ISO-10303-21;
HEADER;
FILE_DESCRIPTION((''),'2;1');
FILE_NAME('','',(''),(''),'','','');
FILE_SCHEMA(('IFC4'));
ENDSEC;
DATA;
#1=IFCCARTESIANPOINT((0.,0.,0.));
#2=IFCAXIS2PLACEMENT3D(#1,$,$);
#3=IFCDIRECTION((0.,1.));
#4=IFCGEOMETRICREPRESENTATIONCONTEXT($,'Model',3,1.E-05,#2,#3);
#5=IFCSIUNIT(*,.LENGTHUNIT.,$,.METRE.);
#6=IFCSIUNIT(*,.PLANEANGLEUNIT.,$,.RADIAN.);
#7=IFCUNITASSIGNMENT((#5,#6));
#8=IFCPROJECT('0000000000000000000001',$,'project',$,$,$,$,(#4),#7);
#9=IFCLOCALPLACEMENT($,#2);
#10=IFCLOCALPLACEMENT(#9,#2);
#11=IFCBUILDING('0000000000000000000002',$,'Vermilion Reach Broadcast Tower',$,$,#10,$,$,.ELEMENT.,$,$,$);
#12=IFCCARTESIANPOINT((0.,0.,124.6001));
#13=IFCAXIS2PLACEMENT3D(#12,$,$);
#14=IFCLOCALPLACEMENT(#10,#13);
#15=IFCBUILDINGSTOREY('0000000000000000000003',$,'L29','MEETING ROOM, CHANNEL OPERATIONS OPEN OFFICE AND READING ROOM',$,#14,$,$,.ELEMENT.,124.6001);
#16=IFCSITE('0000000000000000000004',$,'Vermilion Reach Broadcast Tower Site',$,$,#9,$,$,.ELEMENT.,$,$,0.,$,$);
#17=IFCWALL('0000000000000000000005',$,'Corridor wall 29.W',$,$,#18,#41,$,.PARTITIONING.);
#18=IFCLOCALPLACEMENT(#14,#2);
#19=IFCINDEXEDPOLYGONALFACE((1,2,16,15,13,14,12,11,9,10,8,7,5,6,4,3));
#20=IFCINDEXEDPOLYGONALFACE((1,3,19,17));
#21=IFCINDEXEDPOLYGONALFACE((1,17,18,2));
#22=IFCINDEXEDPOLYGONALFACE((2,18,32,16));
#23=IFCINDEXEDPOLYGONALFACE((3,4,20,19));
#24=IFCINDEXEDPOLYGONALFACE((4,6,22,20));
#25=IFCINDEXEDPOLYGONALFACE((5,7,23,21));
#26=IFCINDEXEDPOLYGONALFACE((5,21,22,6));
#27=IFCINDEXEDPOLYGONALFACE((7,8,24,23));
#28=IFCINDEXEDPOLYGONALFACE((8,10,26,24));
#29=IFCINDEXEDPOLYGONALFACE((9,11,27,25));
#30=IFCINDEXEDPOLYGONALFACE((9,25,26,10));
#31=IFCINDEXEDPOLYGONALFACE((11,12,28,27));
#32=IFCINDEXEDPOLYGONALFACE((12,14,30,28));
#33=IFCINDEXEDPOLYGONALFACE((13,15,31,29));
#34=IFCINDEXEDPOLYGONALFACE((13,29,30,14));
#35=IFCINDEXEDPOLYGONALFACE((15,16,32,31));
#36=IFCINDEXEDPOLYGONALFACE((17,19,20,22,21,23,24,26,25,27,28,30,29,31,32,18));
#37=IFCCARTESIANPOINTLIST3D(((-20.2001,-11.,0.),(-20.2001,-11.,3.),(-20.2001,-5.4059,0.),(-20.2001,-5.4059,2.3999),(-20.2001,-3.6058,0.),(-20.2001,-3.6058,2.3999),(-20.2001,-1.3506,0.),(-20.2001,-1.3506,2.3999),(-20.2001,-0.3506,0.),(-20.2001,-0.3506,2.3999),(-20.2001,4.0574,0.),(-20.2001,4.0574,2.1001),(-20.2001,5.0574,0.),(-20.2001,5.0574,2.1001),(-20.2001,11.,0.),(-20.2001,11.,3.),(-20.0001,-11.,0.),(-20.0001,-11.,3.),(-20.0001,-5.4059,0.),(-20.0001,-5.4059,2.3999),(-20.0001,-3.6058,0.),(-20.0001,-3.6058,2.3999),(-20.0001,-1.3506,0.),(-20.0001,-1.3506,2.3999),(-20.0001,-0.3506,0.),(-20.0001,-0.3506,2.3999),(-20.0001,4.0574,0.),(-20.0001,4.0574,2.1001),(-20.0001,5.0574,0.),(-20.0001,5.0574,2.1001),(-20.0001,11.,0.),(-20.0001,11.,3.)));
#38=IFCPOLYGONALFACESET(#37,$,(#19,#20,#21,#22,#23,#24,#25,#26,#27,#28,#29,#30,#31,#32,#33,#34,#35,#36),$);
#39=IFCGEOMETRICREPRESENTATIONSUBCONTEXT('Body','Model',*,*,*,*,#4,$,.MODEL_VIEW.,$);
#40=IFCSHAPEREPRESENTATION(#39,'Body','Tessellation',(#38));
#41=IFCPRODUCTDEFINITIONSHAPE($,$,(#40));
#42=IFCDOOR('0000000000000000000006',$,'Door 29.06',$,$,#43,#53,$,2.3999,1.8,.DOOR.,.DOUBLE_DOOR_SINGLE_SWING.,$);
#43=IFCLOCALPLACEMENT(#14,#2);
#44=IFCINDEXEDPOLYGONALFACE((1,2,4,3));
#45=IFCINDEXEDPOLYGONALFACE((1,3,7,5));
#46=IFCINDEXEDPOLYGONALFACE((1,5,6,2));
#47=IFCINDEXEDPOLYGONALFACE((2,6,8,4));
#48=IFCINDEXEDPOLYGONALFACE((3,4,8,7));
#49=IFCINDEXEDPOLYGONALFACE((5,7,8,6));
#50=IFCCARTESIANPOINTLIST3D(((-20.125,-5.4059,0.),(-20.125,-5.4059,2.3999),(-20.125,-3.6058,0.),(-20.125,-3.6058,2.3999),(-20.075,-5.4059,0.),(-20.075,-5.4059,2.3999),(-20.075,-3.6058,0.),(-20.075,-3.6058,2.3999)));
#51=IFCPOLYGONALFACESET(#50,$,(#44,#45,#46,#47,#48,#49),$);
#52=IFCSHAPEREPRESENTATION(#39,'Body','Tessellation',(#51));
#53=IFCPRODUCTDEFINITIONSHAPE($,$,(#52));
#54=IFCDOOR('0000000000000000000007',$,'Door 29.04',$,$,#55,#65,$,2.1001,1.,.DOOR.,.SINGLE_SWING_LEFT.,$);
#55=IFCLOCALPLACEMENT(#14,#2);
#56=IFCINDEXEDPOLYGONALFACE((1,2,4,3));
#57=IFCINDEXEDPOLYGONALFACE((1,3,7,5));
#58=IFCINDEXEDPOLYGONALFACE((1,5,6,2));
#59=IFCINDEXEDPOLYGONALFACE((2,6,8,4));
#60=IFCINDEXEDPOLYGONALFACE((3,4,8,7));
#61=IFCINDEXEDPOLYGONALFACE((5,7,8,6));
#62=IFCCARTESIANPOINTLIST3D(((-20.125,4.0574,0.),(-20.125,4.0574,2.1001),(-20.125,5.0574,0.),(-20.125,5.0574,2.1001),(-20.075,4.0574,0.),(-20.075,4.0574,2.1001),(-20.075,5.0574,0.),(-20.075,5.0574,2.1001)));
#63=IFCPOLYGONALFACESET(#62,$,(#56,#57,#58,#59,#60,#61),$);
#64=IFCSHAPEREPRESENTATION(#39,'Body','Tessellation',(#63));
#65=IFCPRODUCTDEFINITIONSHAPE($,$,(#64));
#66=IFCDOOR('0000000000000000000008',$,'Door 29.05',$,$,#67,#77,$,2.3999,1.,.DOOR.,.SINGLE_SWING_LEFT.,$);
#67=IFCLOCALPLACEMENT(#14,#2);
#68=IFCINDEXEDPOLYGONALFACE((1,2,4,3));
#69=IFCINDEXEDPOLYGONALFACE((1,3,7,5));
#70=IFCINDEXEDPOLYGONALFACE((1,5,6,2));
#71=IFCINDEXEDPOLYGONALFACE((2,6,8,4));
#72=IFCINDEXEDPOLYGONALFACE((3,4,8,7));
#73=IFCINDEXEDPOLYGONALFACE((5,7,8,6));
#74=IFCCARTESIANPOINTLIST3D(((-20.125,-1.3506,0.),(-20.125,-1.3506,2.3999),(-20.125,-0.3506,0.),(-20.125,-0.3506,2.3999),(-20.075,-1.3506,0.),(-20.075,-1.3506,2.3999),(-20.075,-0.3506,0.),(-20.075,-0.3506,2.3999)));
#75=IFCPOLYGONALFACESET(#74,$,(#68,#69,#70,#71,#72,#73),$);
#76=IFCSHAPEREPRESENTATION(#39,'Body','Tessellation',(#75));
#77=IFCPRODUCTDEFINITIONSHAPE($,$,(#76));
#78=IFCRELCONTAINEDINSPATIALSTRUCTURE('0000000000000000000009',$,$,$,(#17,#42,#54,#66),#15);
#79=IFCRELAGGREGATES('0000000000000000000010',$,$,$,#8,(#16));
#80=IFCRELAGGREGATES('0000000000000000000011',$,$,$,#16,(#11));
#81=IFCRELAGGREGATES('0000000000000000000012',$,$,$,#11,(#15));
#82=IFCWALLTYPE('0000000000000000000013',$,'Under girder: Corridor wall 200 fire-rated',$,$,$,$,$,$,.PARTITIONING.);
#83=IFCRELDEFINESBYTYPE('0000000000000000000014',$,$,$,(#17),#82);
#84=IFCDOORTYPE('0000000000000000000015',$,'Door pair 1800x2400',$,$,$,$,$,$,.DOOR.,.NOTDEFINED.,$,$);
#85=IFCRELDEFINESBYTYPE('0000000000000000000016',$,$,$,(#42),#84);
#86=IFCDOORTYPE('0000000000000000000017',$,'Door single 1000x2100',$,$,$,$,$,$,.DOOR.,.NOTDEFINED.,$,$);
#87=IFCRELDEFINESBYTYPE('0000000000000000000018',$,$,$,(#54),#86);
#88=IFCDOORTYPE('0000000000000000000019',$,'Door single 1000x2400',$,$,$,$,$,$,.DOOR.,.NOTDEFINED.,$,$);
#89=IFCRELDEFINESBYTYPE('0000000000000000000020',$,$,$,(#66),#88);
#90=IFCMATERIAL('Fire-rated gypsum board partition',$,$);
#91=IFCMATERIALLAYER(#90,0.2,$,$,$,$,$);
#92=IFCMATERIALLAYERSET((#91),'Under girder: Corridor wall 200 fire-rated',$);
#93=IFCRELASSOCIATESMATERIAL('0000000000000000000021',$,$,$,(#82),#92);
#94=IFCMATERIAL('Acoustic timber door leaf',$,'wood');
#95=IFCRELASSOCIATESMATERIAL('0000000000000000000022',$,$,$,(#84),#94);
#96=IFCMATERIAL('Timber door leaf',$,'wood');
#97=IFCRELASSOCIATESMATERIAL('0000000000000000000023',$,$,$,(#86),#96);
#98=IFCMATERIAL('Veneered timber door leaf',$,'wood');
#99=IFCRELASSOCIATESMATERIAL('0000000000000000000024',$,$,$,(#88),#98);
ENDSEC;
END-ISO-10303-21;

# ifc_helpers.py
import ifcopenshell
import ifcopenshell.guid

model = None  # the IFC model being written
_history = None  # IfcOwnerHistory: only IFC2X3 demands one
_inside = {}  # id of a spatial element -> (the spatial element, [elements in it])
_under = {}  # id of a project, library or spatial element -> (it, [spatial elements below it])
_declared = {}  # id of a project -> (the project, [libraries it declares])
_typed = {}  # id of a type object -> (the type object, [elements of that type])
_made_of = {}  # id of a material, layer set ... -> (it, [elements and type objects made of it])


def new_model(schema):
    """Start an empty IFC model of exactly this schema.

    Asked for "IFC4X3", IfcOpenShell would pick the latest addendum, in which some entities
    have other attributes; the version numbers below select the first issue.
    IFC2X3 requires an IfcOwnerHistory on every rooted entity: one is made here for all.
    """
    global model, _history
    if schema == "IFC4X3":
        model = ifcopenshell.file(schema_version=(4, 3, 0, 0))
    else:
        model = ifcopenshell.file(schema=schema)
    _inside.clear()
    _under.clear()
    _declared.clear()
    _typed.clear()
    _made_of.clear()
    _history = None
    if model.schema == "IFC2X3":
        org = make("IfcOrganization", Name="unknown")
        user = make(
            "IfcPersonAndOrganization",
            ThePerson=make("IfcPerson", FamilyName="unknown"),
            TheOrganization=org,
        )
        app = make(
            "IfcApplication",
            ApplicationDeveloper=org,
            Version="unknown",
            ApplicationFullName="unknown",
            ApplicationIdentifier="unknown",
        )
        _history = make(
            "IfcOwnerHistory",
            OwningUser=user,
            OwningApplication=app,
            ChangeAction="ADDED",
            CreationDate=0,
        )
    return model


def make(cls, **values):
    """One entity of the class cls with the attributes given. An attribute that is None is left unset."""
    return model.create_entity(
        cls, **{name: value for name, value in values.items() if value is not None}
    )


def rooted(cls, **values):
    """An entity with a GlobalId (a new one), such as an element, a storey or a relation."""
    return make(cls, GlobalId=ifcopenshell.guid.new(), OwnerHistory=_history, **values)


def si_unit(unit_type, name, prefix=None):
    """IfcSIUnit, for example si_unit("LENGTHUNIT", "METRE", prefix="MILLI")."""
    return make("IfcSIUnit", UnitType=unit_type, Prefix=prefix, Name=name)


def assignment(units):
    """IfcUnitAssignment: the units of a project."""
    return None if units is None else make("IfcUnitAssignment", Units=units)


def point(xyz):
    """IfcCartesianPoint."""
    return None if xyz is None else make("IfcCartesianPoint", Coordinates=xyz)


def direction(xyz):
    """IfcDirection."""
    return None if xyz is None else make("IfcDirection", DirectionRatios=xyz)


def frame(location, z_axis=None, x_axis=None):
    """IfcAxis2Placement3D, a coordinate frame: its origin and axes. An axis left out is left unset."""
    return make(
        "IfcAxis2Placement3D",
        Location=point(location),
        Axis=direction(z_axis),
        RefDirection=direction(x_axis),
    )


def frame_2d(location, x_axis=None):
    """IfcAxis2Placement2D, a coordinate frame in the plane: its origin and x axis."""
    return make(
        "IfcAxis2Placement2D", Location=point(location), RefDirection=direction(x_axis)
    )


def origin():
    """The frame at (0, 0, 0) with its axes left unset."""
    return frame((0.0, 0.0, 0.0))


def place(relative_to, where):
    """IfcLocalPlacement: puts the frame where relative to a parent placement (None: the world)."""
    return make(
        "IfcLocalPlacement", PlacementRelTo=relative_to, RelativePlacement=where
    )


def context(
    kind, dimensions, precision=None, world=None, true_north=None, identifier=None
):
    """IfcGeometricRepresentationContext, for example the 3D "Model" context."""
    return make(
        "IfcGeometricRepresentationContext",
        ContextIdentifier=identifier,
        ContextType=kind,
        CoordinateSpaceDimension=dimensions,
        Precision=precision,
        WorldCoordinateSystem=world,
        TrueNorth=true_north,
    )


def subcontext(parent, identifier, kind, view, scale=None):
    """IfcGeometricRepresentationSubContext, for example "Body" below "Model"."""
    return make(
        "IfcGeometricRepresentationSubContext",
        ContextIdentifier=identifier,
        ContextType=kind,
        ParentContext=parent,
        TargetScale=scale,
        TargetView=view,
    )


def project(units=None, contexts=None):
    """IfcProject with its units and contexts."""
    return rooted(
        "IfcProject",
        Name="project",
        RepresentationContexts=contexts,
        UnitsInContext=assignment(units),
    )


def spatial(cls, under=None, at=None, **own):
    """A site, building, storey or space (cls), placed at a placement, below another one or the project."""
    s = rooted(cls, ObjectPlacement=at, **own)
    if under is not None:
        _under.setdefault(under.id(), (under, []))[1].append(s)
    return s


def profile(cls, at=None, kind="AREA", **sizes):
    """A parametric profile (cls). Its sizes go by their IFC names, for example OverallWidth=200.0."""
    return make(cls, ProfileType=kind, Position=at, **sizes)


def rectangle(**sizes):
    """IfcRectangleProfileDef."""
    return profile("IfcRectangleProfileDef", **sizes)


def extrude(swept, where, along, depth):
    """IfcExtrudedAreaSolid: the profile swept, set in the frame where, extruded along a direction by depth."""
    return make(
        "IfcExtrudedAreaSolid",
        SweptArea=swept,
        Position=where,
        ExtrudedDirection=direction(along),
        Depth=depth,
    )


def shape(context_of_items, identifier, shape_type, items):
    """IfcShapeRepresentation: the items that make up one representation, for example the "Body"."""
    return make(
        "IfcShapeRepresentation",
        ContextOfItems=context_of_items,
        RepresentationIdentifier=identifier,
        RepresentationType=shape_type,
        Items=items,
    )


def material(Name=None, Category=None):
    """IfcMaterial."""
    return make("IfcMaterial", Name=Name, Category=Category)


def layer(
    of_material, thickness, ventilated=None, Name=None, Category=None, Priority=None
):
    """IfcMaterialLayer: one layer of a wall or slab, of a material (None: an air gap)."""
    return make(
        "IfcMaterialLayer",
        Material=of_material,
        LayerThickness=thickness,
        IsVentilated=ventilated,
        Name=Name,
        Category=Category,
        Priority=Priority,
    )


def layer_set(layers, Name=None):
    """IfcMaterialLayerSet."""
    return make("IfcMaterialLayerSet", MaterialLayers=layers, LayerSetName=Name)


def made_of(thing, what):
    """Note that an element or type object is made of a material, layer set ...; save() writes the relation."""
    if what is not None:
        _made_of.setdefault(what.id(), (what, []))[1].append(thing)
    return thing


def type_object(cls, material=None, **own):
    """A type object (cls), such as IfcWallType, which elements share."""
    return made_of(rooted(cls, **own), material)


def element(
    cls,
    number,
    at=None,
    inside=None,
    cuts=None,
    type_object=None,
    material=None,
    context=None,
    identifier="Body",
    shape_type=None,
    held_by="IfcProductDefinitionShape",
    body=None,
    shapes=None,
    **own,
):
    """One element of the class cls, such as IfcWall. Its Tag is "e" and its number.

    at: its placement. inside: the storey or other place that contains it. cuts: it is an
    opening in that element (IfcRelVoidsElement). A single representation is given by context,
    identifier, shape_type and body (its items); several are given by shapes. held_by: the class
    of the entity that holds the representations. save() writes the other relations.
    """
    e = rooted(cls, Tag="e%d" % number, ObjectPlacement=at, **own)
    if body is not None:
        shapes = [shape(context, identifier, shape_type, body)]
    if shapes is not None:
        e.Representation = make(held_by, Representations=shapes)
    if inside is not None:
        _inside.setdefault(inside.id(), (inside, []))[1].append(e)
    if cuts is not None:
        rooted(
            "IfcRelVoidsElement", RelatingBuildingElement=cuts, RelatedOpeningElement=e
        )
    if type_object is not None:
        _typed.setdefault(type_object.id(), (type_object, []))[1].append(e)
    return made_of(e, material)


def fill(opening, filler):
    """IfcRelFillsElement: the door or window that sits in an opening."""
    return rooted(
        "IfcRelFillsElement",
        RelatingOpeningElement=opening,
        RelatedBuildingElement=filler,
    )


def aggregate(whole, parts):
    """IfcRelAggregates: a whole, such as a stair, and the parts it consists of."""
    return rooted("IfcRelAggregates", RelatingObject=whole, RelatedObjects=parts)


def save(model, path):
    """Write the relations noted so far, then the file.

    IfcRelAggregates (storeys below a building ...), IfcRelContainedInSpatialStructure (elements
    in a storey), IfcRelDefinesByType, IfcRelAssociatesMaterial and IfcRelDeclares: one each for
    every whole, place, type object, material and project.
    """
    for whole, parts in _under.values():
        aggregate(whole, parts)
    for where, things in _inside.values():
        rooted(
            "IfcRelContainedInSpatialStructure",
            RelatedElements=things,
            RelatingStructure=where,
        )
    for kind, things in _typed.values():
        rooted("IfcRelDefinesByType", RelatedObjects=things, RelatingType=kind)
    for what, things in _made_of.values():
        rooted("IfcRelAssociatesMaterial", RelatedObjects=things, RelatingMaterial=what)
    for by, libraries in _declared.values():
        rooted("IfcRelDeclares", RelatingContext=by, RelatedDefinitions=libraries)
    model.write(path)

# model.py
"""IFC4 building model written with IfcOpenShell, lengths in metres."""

from ifc_helpers import new_model, si_unit, direction, frame, frame_2d, origin, place, context, subcontext, project, spatial, rectangle, extrude, material, layer, layer_set, type_object, element, fill, save


model = new_model("IFC4")

# Units and contexts
model_context = context("Model", 3, precision=1e-05, world=origin(), true_north=direction((0.0, 1.0)))
body_context = subcontext(model_context, "Body", "Model", "MODEL_VIEW")
ifc_project = project(units=[si_unit("LENGTHUNIT", "METRE"), si_unit("PLANEANGLEUNIT", "RADIAN")], contexts=[model_context])

# Site, building, storey
site_placement = place(None, origin())
site = spatial("IfcSite", under=ifc_project, at=site_placement, Name="Vermilion Reach Broadcast Tower Site", CompositionType="ELEMENT", RefElevation=0.0)
building_placement = place(site_placement, origin())
building = spatial("IfcBuilding", under=site, at=building_placement, Name="Vermilion Reach Broadcast Tower", CompositionType="ELEMENT")
storey_placement = place(building_placement, frame((0.0, 0.0, 124.6001)))
storey = spatial("IfcBuildingStorey", under=building, at=storey_placement, Name="L29", Description="MEETING ROOM, CHANNEL OPERATIONS OPEN OFFICE AND READING ROOM", CompositionType="ELEMENT", Elevation=124.6001)

# Wall, openings, doors
ifc_material_1 = material(Name="Fire-rated gypsum board partition")
ifc_layer_1 = layer(ifc_material_1, 0.2)
ifc_layer_set_1 = layer_set([ifc_layer_1], Name="Under girder: Corridor wall 200 fire-rated")
wall_type_1 = type_object("IfcWallType", Name="Under girder: Corridor wall 200 fire-rated", PredefinedType="PARTITIONING", material=ifc_layer_set_1)
wall_1_placement = place(storey_placement, frame((-20.1001, -11.0, 0.0), z_axis=(0.0, 0.0, 1.0), x_axis=(0.0, 1.0, 0.0)))
wall_1 = element("IfcWall", 1, at=wall_1_placement, inside=storey, type_object=wall_type_1, Name="Corridor wall 29.W", PredefinedType="PARTITIONING", context=body_context, shape_type="SweptSolid", body=[
    extrude(rectangle(XDim=22.0, YDim=0.2, at=frame_2d((11.0, 0.0))), origin(), (0.0, 0.0, 1.0), 3.0),
])
opening_1_placement = place(wall_1_placement, frame((15.0574, 0.0, 0.0)))
opening_1 = element("IfcOpeningElement", 2, at=opening_1_placement, cuts=wall_1, PredefinedType="OPENING", context=body_context, shape_type="SweptSolid", body=[
    extrude(rectangle(XDim=1.0, YDim=2.1001, at=frame_2d((0.5, 1.05))), frame((0.0, 0.1099, 0.0), z_axis=(0.0, -1.0, 0.0), x_axis=(1.0, 0.0, 0.0)), (0.0, 0.0, 1.0), 0.22),
])
opening_2_placement = place(wall_1_placement, frame((9.6494, 0.0, 0.0)))
opening_2 = element("IfcOpeningElement", 3, at=opening_2_placement, cuts=wall_1, PredefinedType="OPENING", context=body_context, shape_type="SweptSolid", body=[
    extrude(rectangle(XDim=1.0, YDim=2.3999, at=frame_2d((0.5, 1.2))), frame((0.0, 0.1099, 0.0), z_axis=(0.0, -1.0, 0.0), x_axis=(1.0, 0.0, 0.0)), (0.0, 0.0, 1.0), 0.22),
])
opening_3_placement = place(wall_1_placement, frame((5.5942, 0.0, 0.0)))
opening_3 = element("IfcOpeningElement", 4, at=opening_3_placement, cuts=wall_1, PredefinedType="OPENING", context=body_context, shape_type="SweptSolid", body=[
    extrude(rectangle(XDim=1.8, YDim=2.3999, at=frame_2d((0.8999, 1.2))), frame((0.0, 0.1099, 0.0), z_axis=(0.0, -1.0, 0.0), x_axis=(1.0, 0.0, 0.0)), (0.0, 0.0, 1.0), 0.22),
])
ifc_material_2 = material(Name="Acoustic timber door leaf", Category="wood")
door_type_1 = type_object("IfcDoorType", Name="Door pair 1800x2400", OperationType="NOTDEFINED", PredefinedType="DOOR", material=ifc_material_2)
door_1_placement = place(opening_3_placement, origin())
door_1 = element("IfcDoor", 5, at=door_1_placement, inside=storey, type_object=door_type_1, Name="Door 29.06", OperationType="DOUBLE_DOOR_SINGLE_SWING", OverallHeight=2.3999, OverallWidth=1.8, PredefinedType="DOOR", context=body_context, shape_type="SweptSolid", body=[
    extrude(rectangle(XDim=1.8, YDim=2.3999, at=frame_2d((0.8999, 1.2))), frame((0.0, 0.0249, 0.0), z_axis=(0.0, -1.0, 0.0), x_axis=(1.0, 0.0, 0.0)), (0.0, 0.0, 1.0), 0.05),
])
fill(opening_3, door_1)
ifc_material_3 = material(Name="Timber door leaf", Category="wood")
door_type_2 = type_object("IfcDoorType", Name="Door single 1000x2100", OperationType="NOTDEFINED", PredefinedType="DOOR", material=ifc_material_3)
door_2_placement = place(opening_1_placement, origin())
door_2 = element("IfcDoor", 6, at=door_2_placement, inside=storey, type_object=door_type_2, Name="Door 29.04", OperationType="SINGLE_SWING_LEFT", OverallHeight=2.1001, OverallWidth=1.0, PredefinedType="DOOR", context=body_context, shape_type="SweptSolid", body=[
    extrude(rectangle(XDim=1.0, YDim=2.1001, at=frame_2d((0.5, 1.05))), frame((0.0, 0.0249, 0.0), z_axis=(0.0, -1.0, 0.0), x_axis=(1.0, 0.0, 0.0)), (0.0, 0.0, 1.0), 0.05),
])
fill(opening_1, door_2)
ifc_material_4 = material(Name="Veneered timber door leaf", Category="wood")
door_type_3 = type_object("IfcDoorType", Name="Door single 1000x2400", OperationType="NOTDEFINED", PredefinedType="DOOR", material=ifc_material_4)
door_3_placement = place(opening_2_placement, origin())
door_3 = element("IfcDoor", 7, at=door_3_placement, inside=storey, type_object=door_type_3, Name="Door 29.05", OperationType="SINGLE_SWING_LEFT", OverallHeight=2.3999, OverallWidth=1.0, PredefinedType="DOOR", context=body_context, shape_type="SweptSolid", body=[
    extrude(rectangle(XDim=1.0, YDim=2.3999, at=frame_2d((0.5, 1.2))), frame((0.0, 0.0249, 0.0), z_axis=(0.0, -1.0, 0.0), x_axis=(1.0, 0.0, 0.0)), (0.0, 0.0, 1.0), 0.05),
])
fill(opening_2, door_3)

save(model, "model.ifc")
